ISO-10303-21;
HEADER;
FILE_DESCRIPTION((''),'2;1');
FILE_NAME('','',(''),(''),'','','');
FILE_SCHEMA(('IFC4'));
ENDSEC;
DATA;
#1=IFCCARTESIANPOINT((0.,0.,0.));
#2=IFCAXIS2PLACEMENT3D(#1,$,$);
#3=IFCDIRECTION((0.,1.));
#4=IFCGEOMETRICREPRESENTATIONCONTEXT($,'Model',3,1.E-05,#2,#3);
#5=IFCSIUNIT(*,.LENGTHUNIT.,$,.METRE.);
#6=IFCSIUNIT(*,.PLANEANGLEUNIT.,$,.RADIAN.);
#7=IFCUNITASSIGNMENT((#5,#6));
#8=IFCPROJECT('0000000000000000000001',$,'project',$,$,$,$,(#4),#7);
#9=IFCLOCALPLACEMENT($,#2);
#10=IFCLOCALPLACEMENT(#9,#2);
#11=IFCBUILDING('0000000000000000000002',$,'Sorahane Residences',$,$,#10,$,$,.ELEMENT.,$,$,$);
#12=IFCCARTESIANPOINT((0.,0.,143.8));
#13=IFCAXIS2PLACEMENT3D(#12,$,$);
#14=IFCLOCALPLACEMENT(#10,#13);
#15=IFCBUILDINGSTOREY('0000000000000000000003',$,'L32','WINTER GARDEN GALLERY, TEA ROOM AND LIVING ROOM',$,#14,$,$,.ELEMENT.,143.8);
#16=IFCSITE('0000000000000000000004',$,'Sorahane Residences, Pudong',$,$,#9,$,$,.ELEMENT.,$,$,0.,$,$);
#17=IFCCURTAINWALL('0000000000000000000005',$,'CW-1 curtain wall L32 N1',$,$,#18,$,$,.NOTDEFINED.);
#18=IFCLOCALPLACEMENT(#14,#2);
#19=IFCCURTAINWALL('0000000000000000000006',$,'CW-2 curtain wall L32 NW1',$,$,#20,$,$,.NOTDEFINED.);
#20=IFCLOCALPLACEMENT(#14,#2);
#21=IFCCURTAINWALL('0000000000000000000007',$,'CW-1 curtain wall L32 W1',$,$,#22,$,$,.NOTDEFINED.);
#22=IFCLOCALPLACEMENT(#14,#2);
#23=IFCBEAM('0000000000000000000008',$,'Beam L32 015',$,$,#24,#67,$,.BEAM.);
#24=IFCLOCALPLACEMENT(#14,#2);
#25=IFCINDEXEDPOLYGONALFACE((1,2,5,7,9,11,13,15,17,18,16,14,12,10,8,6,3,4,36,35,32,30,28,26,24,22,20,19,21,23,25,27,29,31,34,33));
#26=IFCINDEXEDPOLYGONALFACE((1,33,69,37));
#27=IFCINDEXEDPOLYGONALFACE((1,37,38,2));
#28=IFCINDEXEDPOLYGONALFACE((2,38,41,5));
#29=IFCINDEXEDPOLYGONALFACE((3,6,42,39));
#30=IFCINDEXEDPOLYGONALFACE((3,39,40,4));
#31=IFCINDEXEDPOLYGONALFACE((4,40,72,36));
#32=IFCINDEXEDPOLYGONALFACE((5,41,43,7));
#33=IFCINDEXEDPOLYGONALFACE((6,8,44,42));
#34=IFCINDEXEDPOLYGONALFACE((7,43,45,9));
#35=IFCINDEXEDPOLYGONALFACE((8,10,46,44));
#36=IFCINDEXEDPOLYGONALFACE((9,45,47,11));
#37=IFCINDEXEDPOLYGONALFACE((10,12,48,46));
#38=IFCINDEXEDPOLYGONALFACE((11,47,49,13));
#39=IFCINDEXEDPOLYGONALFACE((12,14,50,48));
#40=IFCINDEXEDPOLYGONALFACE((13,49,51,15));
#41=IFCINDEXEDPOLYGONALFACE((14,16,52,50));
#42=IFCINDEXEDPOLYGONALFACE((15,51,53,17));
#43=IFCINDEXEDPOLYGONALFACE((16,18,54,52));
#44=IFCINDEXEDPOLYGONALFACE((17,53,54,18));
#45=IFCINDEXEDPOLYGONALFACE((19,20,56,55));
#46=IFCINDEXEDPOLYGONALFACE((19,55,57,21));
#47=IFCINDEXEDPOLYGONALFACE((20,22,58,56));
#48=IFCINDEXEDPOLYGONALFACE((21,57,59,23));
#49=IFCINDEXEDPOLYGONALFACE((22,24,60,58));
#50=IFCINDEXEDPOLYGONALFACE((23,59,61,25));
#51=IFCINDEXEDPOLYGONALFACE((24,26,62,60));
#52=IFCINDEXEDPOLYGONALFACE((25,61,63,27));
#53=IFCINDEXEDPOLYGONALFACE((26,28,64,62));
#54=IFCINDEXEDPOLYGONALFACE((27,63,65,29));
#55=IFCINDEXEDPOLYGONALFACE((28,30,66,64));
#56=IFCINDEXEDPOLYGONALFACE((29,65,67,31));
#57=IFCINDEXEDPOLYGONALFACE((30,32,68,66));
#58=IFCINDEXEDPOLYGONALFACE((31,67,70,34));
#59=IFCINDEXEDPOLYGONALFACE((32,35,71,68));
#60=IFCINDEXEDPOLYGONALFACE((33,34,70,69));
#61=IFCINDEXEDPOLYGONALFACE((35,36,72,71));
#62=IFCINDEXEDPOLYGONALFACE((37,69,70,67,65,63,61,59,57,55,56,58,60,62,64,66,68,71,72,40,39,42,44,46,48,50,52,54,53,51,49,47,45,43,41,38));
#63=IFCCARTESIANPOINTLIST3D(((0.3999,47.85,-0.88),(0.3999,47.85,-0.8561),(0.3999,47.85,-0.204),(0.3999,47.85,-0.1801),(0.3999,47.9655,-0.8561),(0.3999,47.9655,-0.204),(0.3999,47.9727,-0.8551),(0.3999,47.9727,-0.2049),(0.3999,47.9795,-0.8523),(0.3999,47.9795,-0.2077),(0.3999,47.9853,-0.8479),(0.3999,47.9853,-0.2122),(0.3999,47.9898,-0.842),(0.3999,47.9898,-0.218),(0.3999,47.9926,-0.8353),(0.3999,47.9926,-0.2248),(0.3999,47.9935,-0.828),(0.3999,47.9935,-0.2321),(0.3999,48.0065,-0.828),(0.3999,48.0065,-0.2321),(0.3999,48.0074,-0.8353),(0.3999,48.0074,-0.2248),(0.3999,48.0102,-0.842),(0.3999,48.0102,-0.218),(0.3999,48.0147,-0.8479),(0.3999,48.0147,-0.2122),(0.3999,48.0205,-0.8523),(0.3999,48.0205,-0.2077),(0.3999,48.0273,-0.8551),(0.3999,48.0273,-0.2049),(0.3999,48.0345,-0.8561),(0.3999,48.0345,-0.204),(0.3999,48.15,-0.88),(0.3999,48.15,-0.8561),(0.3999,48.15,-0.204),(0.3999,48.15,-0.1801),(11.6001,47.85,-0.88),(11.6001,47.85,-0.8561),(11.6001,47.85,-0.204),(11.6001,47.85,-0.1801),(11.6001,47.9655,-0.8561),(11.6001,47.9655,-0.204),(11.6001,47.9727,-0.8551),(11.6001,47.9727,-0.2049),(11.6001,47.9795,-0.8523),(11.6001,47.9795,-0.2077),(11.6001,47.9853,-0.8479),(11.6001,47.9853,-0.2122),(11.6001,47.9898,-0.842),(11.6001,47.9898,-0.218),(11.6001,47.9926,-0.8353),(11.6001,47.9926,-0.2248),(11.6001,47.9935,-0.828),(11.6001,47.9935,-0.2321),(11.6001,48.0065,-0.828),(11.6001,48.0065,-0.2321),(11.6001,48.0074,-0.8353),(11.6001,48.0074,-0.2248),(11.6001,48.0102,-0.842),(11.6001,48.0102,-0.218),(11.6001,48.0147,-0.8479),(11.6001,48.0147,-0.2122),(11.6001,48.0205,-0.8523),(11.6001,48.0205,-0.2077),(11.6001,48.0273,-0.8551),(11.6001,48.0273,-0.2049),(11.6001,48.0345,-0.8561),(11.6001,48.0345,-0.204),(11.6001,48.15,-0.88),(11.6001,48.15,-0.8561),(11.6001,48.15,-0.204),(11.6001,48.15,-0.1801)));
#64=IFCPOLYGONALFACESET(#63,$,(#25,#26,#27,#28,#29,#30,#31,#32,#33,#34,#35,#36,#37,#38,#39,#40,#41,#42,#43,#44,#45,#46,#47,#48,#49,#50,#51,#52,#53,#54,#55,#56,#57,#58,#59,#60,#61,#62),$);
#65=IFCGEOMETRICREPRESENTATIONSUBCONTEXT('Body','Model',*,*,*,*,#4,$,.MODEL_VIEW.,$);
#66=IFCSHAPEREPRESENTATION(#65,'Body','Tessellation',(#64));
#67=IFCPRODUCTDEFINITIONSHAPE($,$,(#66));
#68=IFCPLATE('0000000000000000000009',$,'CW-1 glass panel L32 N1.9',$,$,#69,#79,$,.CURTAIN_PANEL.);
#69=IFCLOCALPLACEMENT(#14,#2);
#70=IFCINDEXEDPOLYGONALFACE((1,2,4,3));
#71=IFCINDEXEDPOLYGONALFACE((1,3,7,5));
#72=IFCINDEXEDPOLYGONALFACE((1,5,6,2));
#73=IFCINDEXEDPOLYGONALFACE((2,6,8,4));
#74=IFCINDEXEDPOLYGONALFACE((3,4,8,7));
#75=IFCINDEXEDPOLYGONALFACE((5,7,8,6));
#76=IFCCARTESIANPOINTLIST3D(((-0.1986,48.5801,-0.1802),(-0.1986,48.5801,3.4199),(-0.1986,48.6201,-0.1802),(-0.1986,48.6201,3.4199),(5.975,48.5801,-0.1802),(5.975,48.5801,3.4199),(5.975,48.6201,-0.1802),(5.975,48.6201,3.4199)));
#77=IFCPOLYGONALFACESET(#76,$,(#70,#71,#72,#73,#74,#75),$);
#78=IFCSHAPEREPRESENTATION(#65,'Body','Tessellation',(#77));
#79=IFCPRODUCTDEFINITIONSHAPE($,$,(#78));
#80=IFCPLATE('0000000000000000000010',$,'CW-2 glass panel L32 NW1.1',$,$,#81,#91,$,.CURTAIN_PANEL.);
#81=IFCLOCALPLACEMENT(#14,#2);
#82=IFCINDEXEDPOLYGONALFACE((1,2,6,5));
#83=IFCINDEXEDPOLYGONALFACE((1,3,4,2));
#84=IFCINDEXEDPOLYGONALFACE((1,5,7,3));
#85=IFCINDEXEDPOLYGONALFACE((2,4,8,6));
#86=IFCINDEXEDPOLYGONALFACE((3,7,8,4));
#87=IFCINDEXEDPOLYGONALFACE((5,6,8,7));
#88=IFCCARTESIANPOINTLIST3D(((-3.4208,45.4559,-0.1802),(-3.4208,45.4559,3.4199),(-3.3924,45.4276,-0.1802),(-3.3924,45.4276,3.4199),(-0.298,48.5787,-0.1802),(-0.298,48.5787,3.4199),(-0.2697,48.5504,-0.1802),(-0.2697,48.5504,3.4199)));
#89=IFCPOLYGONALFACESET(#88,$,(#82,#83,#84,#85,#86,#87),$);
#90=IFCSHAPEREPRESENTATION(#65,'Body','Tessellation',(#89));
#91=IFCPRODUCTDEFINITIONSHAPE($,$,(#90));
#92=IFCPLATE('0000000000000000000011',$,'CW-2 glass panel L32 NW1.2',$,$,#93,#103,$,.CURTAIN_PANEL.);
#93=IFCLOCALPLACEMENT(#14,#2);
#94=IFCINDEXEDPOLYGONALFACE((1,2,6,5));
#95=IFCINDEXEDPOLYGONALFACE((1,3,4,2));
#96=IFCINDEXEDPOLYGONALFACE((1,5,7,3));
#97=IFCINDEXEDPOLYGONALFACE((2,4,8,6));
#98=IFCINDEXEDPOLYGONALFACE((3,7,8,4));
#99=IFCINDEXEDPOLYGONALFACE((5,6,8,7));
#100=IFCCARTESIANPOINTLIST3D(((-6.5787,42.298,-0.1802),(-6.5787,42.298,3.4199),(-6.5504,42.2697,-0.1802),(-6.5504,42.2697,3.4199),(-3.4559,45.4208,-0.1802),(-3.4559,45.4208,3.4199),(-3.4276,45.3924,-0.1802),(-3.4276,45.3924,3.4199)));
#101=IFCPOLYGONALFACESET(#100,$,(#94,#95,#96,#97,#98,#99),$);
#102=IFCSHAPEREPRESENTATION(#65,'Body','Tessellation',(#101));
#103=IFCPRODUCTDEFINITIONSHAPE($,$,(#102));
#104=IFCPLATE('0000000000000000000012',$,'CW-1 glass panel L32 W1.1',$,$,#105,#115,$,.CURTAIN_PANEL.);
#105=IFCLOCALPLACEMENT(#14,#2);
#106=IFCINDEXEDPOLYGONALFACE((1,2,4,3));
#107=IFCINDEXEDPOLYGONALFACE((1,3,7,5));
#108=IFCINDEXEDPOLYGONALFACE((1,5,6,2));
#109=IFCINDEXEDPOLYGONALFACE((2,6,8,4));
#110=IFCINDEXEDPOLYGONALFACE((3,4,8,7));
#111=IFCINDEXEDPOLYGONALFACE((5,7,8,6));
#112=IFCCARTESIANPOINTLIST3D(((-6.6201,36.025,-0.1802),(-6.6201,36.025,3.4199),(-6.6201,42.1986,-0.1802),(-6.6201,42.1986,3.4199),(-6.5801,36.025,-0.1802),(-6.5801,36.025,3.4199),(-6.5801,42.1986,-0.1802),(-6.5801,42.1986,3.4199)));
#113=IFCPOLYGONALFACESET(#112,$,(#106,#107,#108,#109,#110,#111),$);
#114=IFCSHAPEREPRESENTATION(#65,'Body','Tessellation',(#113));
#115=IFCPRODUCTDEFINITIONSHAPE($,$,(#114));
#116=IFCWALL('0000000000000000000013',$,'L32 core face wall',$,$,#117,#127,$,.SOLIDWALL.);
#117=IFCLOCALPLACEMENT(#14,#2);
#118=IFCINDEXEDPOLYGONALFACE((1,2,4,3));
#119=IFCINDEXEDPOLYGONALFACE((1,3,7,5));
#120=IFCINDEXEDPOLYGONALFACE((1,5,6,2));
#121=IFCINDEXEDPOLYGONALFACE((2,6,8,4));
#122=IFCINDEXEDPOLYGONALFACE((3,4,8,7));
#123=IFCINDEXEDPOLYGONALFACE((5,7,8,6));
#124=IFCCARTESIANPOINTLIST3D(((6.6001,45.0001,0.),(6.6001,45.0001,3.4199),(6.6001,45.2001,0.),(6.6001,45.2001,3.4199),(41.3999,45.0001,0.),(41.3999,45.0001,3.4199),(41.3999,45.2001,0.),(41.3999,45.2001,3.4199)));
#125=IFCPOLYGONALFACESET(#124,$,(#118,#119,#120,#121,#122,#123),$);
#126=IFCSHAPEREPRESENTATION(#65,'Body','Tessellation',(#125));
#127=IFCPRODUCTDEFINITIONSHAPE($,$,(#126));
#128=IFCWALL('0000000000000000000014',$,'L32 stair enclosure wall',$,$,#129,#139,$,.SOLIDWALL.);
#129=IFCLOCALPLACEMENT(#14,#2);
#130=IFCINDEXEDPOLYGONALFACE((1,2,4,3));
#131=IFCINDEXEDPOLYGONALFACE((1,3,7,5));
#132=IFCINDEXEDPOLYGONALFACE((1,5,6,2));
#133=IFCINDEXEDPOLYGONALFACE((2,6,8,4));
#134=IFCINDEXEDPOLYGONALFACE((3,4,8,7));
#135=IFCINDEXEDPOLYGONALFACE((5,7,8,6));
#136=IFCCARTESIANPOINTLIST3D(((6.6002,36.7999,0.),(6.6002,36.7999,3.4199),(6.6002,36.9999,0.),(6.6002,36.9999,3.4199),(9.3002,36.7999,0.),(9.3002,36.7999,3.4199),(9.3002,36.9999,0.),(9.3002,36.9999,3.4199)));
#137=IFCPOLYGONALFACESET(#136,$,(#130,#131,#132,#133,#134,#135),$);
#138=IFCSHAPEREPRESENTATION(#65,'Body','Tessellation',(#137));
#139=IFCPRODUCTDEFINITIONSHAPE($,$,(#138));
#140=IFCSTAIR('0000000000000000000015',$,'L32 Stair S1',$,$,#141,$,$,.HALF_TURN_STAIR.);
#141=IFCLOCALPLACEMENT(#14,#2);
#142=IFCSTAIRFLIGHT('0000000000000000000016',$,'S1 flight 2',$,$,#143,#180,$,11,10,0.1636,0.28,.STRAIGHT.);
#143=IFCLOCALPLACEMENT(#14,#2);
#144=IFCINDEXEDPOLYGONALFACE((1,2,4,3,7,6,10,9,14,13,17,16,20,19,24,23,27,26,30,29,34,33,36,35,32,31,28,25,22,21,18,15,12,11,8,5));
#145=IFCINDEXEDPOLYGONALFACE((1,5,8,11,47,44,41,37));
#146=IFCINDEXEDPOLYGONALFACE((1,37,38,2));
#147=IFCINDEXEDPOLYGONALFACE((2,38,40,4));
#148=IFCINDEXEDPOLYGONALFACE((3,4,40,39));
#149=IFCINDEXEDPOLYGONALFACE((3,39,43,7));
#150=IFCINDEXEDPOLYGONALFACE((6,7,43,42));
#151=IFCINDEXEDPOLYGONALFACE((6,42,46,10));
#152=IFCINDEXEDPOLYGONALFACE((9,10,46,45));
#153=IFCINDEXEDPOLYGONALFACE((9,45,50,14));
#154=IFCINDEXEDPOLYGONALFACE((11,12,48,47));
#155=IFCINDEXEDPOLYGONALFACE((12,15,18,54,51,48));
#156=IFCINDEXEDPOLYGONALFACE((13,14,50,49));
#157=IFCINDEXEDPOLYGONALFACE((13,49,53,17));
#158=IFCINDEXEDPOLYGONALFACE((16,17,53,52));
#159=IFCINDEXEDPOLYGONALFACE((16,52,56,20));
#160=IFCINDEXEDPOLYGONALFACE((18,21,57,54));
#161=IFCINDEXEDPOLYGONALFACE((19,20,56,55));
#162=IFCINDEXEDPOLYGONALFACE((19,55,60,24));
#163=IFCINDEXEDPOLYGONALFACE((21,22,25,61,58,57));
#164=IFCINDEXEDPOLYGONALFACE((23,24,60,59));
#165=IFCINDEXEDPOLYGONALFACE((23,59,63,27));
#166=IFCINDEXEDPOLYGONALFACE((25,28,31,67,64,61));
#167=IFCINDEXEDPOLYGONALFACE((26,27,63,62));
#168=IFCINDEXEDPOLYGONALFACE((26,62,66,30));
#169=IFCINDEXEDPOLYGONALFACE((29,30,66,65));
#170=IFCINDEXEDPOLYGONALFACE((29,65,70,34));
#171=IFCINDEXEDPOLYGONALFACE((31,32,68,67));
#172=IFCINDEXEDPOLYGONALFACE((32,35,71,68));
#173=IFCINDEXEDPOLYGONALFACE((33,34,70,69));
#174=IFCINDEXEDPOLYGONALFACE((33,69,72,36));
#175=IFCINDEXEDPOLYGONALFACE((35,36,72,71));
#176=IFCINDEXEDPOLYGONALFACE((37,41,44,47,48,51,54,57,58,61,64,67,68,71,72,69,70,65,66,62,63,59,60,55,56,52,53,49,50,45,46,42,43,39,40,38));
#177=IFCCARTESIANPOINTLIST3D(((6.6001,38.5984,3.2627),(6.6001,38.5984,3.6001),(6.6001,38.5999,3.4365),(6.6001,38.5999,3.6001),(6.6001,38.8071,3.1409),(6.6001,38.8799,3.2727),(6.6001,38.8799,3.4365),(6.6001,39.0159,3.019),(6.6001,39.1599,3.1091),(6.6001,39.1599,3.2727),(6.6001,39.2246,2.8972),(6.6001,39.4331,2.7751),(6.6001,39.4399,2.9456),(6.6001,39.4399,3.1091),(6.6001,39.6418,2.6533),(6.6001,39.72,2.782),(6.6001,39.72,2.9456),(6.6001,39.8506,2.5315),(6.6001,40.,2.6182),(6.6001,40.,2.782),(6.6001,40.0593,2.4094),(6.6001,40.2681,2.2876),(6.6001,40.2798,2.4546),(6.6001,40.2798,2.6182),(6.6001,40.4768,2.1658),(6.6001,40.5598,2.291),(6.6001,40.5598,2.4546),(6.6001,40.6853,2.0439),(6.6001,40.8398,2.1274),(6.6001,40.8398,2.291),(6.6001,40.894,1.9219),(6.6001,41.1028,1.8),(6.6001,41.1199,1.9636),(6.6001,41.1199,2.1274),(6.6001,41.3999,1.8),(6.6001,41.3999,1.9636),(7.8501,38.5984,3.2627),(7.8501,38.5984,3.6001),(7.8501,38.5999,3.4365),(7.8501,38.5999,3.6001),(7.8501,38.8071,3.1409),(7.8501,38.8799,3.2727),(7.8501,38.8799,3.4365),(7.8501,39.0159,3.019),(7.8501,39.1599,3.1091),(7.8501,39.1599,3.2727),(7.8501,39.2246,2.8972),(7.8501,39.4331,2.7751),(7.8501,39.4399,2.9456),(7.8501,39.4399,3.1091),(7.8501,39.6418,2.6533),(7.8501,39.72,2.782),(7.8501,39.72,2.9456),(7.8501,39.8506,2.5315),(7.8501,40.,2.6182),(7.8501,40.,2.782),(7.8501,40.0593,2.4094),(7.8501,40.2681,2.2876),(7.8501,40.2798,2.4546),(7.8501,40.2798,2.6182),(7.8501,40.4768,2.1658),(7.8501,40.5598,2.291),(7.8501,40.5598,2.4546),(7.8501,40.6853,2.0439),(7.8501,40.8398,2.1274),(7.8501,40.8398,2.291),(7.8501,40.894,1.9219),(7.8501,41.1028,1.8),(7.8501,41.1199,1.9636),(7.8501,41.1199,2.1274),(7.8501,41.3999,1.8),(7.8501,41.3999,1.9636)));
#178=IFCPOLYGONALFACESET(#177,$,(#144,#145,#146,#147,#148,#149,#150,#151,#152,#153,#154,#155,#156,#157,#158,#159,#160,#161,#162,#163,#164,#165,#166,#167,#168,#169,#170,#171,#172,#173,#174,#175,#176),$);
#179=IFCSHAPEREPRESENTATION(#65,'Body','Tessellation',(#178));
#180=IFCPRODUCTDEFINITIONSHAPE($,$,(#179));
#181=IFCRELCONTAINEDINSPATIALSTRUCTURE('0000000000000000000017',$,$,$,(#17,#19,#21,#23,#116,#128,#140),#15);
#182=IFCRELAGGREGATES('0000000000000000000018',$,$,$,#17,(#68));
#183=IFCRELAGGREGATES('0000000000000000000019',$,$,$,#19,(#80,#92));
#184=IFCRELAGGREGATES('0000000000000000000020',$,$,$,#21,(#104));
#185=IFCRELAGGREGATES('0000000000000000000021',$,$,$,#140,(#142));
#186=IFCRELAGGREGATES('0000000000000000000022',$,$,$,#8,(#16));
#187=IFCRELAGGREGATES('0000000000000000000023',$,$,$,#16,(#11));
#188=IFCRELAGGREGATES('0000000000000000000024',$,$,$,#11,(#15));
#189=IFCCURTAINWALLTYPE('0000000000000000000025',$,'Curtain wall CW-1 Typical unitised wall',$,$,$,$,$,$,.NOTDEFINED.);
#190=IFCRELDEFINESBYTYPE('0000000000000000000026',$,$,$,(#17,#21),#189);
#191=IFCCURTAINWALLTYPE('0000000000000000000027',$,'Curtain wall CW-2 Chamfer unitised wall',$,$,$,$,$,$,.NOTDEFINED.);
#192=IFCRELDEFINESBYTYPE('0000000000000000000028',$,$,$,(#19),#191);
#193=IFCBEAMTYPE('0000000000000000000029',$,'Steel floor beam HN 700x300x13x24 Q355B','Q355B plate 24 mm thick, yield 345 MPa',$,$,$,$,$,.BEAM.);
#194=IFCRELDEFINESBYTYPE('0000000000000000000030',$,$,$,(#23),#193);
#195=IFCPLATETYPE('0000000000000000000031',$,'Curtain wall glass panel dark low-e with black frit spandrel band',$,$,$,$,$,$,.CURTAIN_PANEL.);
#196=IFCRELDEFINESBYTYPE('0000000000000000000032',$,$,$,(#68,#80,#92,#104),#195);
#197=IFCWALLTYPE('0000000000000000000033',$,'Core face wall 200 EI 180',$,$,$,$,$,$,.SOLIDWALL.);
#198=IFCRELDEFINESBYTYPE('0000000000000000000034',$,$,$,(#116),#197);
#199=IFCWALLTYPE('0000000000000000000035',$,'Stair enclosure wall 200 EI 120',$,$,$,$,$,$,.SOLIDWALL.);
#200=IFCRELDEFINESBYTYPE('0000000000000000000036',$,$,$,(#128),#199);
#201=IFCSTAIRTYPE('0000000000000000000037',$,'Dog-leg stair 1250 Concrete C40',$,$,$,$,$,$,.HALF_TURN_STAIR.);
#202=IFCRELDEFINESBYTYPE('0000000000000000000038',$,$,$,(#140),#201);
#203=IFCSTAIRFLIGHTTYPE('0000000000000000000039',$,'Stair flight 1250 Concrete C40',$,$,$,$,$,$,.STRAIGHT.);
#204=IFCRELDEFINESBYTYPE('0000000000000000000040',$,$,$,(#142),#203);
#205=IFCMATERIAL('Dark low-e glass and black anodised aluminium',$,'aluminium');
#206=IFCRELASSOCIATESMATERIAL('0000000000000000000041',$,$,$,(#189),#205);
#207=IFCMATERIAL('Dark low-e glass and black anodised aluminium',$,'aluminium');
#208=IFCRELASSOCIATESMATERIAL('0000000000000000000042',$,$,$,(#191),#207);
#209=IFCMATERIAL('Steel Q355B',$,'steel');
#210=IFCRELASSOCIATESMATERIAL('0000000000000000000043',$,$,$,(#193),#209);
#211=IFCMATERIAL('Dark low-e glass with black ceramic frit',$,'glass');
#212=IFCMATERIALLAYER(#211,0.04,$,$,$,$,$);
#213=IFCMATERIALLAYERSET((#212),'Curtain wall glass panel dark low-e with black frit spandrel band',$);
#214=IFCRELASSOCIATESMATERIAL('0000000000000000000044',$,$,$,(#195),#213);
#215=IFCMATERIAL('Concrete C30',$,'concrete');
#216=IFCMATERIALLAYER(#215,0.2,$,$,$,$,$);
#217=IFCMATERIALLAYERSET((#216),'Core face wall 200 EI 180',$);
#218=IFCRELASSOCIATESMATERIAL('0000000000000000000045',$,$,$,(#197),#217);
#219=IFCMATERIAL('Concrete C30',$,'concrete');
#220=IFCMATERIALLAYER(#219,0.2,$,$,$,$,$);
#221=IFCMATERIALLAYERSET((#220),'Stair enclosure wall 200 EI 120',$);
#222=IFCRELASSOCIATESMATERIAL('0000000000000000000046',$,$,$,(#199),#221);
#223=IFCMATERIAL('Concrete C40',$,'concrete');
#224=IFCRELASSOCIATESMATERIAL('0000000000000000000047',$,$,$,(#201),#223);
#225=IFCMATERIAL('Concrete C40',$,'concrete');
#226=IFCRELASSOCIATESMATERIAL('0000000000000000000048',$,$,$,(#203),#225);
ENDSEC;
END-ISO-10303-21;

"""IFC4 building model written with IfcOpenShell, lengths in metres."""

from ifc_helpers import new_model, si_unit, direction, frame, frame_2d, origin, origin_2d, place, context, subcontext, project, spatial, polyline, rectangle, i_section, outline, extrude, material, layer, layer_set, material_profile, profile_set, type_object, element, aggregate, save


model = new_model("IFC4")

# Units and contexts
model_context = context("Model", 3, precision=1e-05, world=origin(), true_north=direction((0.0, 1.0)))
body_context = subcontext(model_context, "Body", "Model", "MODEL_VIEW")
ifc_project = project(units=[si_unit("LENGTHUNIT", "METRE"), si_unit("PLANEANGLEUNIT", "RADIAN")], contexts=[model_context])

# Site, building, storey
site_placement = place(None, origin())
site = spatial("IfcSite", under=ifc_project, at=site_placement, Name="Sorahane Residences, Pudong", CompositionType="ELEMENT", RefElevation=0.0)
building_placement = place(site_placement, origin())
building = spatial("IfcBuilding", under=site, at=building_placement, Name="Sorahane Residences", CompositionType="ELEMENT")
storey_placement = place(building_placement, frame((0.0, 0.0, 143.8)))
storey = spatial("IfcBuildingStorey", under=building, at=storey_placement, Name="L32", Description="WINTER GARDEN GALLERY, TEA ROOM AND LIVING ROOM", CompositionType="ELEMENT", Elevation=143.8)

# Curtain walls
ifc_material_1 = material(Name="Dark low-e glass and black anodised aluminium", Category="aluminium")
curtain_wall_type_1 = type_object("IfcCurtainWallType", Name="Curtain wall CW-1 Typical unitised wall", PredefinedType="NOTDEFINED", material=ifc_material_1)
curtain_wall_1_placement = place(storey_placement, origin())
curtain_wall_1 = element("IfcCurtainWall", 1, at=curtain_wall_1_placement, inside=storey, type_object=curtain_wall_type_1, Name="CW-1 curtain wall L32 N1", PredefinedType="NOTDEFINED")
ifc_material_2 = material(Name="Dark low-e glass and black anodised aluminium", Category="aluminium")
curtain_wall_type_2 = type_object("IfcCurtainWallType", Name="Curtain wall CW-2 Chamfer unitised wall", PredefinedType="NOTDEFINED", material=ifc_material_2)
curtain_wall_2_placement = place(storey_placement, origin())
curtain_wall_2 = element("IfcCurtainWall", 2, at=curtain_wall_2_placement, inside=storey, type_object=curtain_wall_type_2, Name="CW-2 curtain wall L32 NW1", PredefinedType="NOTDEFINED")

# Curtain wall
curtain_wall_3_placement = place(storey_placement, origin())
curtain_wall_3 = element("IfcCurtainWall", 3, at=curtain_wall_3_placement, inside=storey, type_object=curtain_wall_type_1, Name="CW-1 curtain wall L32 W1", PredefinedType="NOTDEFINED")

# Beam
ifc_material_3 = material(Name="Steel Q355B", Category="steel")
ifc_material_profile_1 = material_profile(ifc_material_3, i_section(OverallWidth=0.3, OverallDepth=0.7, WebThickness=0.0129, FlangeThickness=0.0239, FilletRadius=0.0281, at=origin_2d()), Name="HN 700x300x13x24")
ifc_profile_set_1 = profile_set([ifc_material_profile_1], Name="Steel Q355B")
beam_type_1 = type_object("IfcBeamType", Name="Steel floor beam HN 700x300x13x24 Q355B", Description="Q355B plate 24 mm thick, yield 345 MPa", PredefinedType="BEAM", material=ifc_profile_set_1)
beam_1_placement = place(storey_placement, frame((0.3999, 48.0, -0.53), z_axis=(1.0, 0.0, 0.0), x_axis=(0.0, 1.0, 0.0)))
element("IfcBeam", 4, at=beam_1_placement, inside=storey, type_object=beam_type_1, Name="Beam L32 015", PredefinedType="BEAM", context=body_context, shape_type="SweptSolid", body=[
    extrude(i_section(OverallWidth=0.3, OverallDepth=0.7, WebThickness=0.0129, FlangeThickness=0.0239, FilletRadius=0.0281, at=origin_2d()), origin(), (0.0, 0.0, 1.0), 11.2002),
])

# Plates
ifc_material_4 = material(Name="Dark low-e glass with black ceramic frit", Category="glass")
ifc_layer_1 = layer(ifc_material_4, 0.04)
ifc_layer_set_1 = layer_set([ifc_layer_1], Name="Curtain wall glass panel dark low-e with black frit spandrel band")
plate_type = type_object("IfcPlateType", Name="Curtain wall glass panel dark low-e with black frit spandrel band", PredefinedType="CURTAIN_PANEL", material=ifc_layer_set_1)
plate_1_placement = place(storey_placement, frame((2.8882, 48.6001, -0.1802), z_axis=(0.0, 0.0, 1.0), x_axis=(-1.0, 0.0, 0.0)))
plate_1 = element("IfcPlate", 5, at=plate_1_placement, type_object=plate_type, Name="CW-1 glass panel L32 N1.9", PredefinedType="CURTAIN_PANEL", context=body_context, shape_type="SweptSolid", body=[
    extrude(rectangle(XDim=6.1736, YDim=0.04, at=origin_2d()), origin(), (0.0, 0.0, 1.0), 3.6001),
])
aggregate(curtain_wall_1, [plate_1])
plate_2_placement = place(storey_placement, frame((-1.8452, 47.0032, -0.1802), z_axis=(0.0, 0.0, 1.0), x_axis=(-0.707107, -0.707107, 0.0)))
plate_2 = element("IfcPlate", 6, at=plate_2_placement, type_object=plate_type, Name="CW-2 glass panel L32 NW1.1", PredefinedType="CURTAIN_PANEL", context=body_context, shape_type="SweptSolid", body=[
    extrude(rectangle(XDim=4.4163, YDim=0.04, at=origin_2d()), origin(), (0.0, 0.0, 1.0), 3.6001),
])
plate_3_placement = place(storey_placement, frame((-5.0032, 43.8452, -0.1802), z_axis=(0.0, 0.0, 1.0), x_axis=(-0.707107, -0.707107, 0.0)))
plate_3 = element("IfcPlate", 7, at=plate_3_placement, type_object=plate_type, Name="CW-2 glass panel L32 NW1.2", PredefinedType="CURTAIN_PANEL", context=body_context, shape_type="SweptSolid", body=[
    extrude(rectangle(XDim=4.4163, YDim=0.04, at=origin_2d()), origin(), (0.0, 0.0, 1.0), 3.6001),
])
aggregate(curtain_wall_2, [plate_2, plate_3])
plate_4_placement = place(storey_placement, frame((-6.6001, 39.1118, -0.1802), z_axis=(0.0, 0.0, 1.0), x_axis=(0.0, -1.0, 0.0)))
plate_4 = element("IfcPlate", 8, at=plate_4_placement, type_object=plate_type, Name="CW-1 glass panel L32 W1.1", PredefinedType="CURTAIN_PANEL", context=body_context, shape_type="SweptSolid", body=[
    extrude(rectangle(XDim=6.1736, YDim=0.04, at=origin_2d()), origin(), (0.0, 0.0, 1.0), 3.6001),
])
aggregate(curtain_wall_3, [plate_4])

# Walls
ifc_material_5 = material(Name="Concrete C30", Category="concrete")
ifc_layer_2 = layer(ifc_material_5, 0.2)
ifc_layer_set_2 = layer_set([ifc_layer_2], Name="Core face wall 200 EI 180")
wall_type_1 = type_object("IfcWallType", Name="Core face wall 200 EI 180", PredefinedType="SOLIDWALL", material=ifc_layer_set_2)
wall_1_placement = place(storey_placement, frame((6.6001, 45.1001, 0.0), z_axis=(0.0, 0.0, 1.0), x_axis=(1.0, 0.0, 0.0)))
element("IfcWall", 9, at=wall_1_placement, inside=storey, type_object=wall_type_1, Name="L32 core face wall", PredefinedType="SOLIDWALL", context=body_context, shape_type="SweptSolid", body=[
    extrude(rectangle(XDim=34.7998, YDim=0.2, at=frame_2d((17.3999, 0.0))), origin(), (0.0, 0.0, 1.0), 3.4199),
])
ifc_material_6 = material(Name="Concrete C30", Category="concrete")
ifc_layer_3 = layer(ifc_material_6, 0.2)
ifc_layer_set_3 = layer_set([ifc_layer_3], Name="Stair enclosure wall 200 EI 120")
wall_type_2 = type_object("IfcWallType", Name="Stair enclosure wall 200 EI 120", PredefinedType="SOLIDWALL", material=ifc_layer_set_3)
wall_2_placement = place(storey_placement, frame((6.6001, 36.8999, 0.0), z_axis=(0.0, 0.0, 1.0), x_axis=(1.0, 0.0, 0.0)))
element("IfcWall", 10, at=wall_2_placement, inside=storey, type_object=wall_type_2, Name="L32 stair enclosure wall", PredefinedType="SOLIDWALL", context=body_context, shape_type="SweptSolid", body=[
    extrude(rectangle(XDim=2.7, YDim=0.2, at=frame_2d((1.3501, 0.0))), origin(), (0.0, 0.0, 1.0), 3.4199),
])

# Stair, stair flight
ifc_material_7 = material(Name="Concrete C40", Category="concrete")
stair_type = type_object("IfcStairType", Name="Dog-leg stair 1250 Concrete C40", PredefinedType="HALF_TURN_STAIR", material=ifc_material_7)
stair_placement = place(storey_placement, origin())
stair = element("IfcStair", 11, at=stair_placement, inside=storey, type_object=stair_type, Name="L32 Stair S1", PredefinedType="HALF_TURN_STAIR")
ifc_material_8 = material(Name="Concrete C40", Category="concrete")
stair_flight_type = type_object("IfcStairFlightType", Name="Stair flight 1250 Concrete C40", PredefinedType="STRAIGHT", material=ifc_material_8)
stair_flight_placement = place(storey_placement, frame((7.2251, 41.3999, 1.8), z_axis=(0.0, 0.0, 1.0), x_axis=(0.0, -1.0, 0.0)))
stair_flight = element("IfcStairFlight", 12, at=stair_flight_placement, type_object=stair_flight_type, Name="S1 flight 2", NumberOfRisers=11, NumberOfTreads=10, PredefinedType="STRAIGHT", RiserHeight=0.1636, TreadLength=0.28, context=body_context, shape_type="SweptSolid", body=[
    extrude(outline(polyline([(0.0, 0.0), (0.0, 0.1636), (0.28, 0.1636), (0.28, 0.3274), (0.5601, 0.3274), (0.5601, 0.491), (0.8401, 0.491), (0.8401, 0.6545), (1.1201, 0.6545), (1.1201, 0.8181), (1.3999, 0.8181), (1.3999, 0.9819), (1.6799, 0.9819), (1.6799, 1.1455), (1.96, 1.1455), (1.96, 1.3091), (2.24, 1.3091), (2.24, 1.4727), (2.52, 1.4727), (2.52, 1.6365), (2.8, 1.6365), (2.8, 1.8), (2.8015, 1.8), (2.8015, 1.4626), (2.5928, 1.3408), (2.384, 1.219), (2.1753, 1.0972), (1.9668, 0.9751), (1.7581, 0.8533), (1.5493, 0.7314), (1.3406, 0.6094), (1.1318, 0.4875), (0.9231, 0.3657), (0.7146, 0.2439), (0.5059, 0.1218), (0.2971, 0.0), (0.0, 0.0)])), frame((0.0, 0.625, 0.0), z_axis=(0.0, -1.0, 0.0), x_axis=(1.0, 0.0, 0.0)), (0.0, 0.0, 1.0), 1.25),
])
aggregate(stair, [stair_flight])

save(model, "model.ifc")
